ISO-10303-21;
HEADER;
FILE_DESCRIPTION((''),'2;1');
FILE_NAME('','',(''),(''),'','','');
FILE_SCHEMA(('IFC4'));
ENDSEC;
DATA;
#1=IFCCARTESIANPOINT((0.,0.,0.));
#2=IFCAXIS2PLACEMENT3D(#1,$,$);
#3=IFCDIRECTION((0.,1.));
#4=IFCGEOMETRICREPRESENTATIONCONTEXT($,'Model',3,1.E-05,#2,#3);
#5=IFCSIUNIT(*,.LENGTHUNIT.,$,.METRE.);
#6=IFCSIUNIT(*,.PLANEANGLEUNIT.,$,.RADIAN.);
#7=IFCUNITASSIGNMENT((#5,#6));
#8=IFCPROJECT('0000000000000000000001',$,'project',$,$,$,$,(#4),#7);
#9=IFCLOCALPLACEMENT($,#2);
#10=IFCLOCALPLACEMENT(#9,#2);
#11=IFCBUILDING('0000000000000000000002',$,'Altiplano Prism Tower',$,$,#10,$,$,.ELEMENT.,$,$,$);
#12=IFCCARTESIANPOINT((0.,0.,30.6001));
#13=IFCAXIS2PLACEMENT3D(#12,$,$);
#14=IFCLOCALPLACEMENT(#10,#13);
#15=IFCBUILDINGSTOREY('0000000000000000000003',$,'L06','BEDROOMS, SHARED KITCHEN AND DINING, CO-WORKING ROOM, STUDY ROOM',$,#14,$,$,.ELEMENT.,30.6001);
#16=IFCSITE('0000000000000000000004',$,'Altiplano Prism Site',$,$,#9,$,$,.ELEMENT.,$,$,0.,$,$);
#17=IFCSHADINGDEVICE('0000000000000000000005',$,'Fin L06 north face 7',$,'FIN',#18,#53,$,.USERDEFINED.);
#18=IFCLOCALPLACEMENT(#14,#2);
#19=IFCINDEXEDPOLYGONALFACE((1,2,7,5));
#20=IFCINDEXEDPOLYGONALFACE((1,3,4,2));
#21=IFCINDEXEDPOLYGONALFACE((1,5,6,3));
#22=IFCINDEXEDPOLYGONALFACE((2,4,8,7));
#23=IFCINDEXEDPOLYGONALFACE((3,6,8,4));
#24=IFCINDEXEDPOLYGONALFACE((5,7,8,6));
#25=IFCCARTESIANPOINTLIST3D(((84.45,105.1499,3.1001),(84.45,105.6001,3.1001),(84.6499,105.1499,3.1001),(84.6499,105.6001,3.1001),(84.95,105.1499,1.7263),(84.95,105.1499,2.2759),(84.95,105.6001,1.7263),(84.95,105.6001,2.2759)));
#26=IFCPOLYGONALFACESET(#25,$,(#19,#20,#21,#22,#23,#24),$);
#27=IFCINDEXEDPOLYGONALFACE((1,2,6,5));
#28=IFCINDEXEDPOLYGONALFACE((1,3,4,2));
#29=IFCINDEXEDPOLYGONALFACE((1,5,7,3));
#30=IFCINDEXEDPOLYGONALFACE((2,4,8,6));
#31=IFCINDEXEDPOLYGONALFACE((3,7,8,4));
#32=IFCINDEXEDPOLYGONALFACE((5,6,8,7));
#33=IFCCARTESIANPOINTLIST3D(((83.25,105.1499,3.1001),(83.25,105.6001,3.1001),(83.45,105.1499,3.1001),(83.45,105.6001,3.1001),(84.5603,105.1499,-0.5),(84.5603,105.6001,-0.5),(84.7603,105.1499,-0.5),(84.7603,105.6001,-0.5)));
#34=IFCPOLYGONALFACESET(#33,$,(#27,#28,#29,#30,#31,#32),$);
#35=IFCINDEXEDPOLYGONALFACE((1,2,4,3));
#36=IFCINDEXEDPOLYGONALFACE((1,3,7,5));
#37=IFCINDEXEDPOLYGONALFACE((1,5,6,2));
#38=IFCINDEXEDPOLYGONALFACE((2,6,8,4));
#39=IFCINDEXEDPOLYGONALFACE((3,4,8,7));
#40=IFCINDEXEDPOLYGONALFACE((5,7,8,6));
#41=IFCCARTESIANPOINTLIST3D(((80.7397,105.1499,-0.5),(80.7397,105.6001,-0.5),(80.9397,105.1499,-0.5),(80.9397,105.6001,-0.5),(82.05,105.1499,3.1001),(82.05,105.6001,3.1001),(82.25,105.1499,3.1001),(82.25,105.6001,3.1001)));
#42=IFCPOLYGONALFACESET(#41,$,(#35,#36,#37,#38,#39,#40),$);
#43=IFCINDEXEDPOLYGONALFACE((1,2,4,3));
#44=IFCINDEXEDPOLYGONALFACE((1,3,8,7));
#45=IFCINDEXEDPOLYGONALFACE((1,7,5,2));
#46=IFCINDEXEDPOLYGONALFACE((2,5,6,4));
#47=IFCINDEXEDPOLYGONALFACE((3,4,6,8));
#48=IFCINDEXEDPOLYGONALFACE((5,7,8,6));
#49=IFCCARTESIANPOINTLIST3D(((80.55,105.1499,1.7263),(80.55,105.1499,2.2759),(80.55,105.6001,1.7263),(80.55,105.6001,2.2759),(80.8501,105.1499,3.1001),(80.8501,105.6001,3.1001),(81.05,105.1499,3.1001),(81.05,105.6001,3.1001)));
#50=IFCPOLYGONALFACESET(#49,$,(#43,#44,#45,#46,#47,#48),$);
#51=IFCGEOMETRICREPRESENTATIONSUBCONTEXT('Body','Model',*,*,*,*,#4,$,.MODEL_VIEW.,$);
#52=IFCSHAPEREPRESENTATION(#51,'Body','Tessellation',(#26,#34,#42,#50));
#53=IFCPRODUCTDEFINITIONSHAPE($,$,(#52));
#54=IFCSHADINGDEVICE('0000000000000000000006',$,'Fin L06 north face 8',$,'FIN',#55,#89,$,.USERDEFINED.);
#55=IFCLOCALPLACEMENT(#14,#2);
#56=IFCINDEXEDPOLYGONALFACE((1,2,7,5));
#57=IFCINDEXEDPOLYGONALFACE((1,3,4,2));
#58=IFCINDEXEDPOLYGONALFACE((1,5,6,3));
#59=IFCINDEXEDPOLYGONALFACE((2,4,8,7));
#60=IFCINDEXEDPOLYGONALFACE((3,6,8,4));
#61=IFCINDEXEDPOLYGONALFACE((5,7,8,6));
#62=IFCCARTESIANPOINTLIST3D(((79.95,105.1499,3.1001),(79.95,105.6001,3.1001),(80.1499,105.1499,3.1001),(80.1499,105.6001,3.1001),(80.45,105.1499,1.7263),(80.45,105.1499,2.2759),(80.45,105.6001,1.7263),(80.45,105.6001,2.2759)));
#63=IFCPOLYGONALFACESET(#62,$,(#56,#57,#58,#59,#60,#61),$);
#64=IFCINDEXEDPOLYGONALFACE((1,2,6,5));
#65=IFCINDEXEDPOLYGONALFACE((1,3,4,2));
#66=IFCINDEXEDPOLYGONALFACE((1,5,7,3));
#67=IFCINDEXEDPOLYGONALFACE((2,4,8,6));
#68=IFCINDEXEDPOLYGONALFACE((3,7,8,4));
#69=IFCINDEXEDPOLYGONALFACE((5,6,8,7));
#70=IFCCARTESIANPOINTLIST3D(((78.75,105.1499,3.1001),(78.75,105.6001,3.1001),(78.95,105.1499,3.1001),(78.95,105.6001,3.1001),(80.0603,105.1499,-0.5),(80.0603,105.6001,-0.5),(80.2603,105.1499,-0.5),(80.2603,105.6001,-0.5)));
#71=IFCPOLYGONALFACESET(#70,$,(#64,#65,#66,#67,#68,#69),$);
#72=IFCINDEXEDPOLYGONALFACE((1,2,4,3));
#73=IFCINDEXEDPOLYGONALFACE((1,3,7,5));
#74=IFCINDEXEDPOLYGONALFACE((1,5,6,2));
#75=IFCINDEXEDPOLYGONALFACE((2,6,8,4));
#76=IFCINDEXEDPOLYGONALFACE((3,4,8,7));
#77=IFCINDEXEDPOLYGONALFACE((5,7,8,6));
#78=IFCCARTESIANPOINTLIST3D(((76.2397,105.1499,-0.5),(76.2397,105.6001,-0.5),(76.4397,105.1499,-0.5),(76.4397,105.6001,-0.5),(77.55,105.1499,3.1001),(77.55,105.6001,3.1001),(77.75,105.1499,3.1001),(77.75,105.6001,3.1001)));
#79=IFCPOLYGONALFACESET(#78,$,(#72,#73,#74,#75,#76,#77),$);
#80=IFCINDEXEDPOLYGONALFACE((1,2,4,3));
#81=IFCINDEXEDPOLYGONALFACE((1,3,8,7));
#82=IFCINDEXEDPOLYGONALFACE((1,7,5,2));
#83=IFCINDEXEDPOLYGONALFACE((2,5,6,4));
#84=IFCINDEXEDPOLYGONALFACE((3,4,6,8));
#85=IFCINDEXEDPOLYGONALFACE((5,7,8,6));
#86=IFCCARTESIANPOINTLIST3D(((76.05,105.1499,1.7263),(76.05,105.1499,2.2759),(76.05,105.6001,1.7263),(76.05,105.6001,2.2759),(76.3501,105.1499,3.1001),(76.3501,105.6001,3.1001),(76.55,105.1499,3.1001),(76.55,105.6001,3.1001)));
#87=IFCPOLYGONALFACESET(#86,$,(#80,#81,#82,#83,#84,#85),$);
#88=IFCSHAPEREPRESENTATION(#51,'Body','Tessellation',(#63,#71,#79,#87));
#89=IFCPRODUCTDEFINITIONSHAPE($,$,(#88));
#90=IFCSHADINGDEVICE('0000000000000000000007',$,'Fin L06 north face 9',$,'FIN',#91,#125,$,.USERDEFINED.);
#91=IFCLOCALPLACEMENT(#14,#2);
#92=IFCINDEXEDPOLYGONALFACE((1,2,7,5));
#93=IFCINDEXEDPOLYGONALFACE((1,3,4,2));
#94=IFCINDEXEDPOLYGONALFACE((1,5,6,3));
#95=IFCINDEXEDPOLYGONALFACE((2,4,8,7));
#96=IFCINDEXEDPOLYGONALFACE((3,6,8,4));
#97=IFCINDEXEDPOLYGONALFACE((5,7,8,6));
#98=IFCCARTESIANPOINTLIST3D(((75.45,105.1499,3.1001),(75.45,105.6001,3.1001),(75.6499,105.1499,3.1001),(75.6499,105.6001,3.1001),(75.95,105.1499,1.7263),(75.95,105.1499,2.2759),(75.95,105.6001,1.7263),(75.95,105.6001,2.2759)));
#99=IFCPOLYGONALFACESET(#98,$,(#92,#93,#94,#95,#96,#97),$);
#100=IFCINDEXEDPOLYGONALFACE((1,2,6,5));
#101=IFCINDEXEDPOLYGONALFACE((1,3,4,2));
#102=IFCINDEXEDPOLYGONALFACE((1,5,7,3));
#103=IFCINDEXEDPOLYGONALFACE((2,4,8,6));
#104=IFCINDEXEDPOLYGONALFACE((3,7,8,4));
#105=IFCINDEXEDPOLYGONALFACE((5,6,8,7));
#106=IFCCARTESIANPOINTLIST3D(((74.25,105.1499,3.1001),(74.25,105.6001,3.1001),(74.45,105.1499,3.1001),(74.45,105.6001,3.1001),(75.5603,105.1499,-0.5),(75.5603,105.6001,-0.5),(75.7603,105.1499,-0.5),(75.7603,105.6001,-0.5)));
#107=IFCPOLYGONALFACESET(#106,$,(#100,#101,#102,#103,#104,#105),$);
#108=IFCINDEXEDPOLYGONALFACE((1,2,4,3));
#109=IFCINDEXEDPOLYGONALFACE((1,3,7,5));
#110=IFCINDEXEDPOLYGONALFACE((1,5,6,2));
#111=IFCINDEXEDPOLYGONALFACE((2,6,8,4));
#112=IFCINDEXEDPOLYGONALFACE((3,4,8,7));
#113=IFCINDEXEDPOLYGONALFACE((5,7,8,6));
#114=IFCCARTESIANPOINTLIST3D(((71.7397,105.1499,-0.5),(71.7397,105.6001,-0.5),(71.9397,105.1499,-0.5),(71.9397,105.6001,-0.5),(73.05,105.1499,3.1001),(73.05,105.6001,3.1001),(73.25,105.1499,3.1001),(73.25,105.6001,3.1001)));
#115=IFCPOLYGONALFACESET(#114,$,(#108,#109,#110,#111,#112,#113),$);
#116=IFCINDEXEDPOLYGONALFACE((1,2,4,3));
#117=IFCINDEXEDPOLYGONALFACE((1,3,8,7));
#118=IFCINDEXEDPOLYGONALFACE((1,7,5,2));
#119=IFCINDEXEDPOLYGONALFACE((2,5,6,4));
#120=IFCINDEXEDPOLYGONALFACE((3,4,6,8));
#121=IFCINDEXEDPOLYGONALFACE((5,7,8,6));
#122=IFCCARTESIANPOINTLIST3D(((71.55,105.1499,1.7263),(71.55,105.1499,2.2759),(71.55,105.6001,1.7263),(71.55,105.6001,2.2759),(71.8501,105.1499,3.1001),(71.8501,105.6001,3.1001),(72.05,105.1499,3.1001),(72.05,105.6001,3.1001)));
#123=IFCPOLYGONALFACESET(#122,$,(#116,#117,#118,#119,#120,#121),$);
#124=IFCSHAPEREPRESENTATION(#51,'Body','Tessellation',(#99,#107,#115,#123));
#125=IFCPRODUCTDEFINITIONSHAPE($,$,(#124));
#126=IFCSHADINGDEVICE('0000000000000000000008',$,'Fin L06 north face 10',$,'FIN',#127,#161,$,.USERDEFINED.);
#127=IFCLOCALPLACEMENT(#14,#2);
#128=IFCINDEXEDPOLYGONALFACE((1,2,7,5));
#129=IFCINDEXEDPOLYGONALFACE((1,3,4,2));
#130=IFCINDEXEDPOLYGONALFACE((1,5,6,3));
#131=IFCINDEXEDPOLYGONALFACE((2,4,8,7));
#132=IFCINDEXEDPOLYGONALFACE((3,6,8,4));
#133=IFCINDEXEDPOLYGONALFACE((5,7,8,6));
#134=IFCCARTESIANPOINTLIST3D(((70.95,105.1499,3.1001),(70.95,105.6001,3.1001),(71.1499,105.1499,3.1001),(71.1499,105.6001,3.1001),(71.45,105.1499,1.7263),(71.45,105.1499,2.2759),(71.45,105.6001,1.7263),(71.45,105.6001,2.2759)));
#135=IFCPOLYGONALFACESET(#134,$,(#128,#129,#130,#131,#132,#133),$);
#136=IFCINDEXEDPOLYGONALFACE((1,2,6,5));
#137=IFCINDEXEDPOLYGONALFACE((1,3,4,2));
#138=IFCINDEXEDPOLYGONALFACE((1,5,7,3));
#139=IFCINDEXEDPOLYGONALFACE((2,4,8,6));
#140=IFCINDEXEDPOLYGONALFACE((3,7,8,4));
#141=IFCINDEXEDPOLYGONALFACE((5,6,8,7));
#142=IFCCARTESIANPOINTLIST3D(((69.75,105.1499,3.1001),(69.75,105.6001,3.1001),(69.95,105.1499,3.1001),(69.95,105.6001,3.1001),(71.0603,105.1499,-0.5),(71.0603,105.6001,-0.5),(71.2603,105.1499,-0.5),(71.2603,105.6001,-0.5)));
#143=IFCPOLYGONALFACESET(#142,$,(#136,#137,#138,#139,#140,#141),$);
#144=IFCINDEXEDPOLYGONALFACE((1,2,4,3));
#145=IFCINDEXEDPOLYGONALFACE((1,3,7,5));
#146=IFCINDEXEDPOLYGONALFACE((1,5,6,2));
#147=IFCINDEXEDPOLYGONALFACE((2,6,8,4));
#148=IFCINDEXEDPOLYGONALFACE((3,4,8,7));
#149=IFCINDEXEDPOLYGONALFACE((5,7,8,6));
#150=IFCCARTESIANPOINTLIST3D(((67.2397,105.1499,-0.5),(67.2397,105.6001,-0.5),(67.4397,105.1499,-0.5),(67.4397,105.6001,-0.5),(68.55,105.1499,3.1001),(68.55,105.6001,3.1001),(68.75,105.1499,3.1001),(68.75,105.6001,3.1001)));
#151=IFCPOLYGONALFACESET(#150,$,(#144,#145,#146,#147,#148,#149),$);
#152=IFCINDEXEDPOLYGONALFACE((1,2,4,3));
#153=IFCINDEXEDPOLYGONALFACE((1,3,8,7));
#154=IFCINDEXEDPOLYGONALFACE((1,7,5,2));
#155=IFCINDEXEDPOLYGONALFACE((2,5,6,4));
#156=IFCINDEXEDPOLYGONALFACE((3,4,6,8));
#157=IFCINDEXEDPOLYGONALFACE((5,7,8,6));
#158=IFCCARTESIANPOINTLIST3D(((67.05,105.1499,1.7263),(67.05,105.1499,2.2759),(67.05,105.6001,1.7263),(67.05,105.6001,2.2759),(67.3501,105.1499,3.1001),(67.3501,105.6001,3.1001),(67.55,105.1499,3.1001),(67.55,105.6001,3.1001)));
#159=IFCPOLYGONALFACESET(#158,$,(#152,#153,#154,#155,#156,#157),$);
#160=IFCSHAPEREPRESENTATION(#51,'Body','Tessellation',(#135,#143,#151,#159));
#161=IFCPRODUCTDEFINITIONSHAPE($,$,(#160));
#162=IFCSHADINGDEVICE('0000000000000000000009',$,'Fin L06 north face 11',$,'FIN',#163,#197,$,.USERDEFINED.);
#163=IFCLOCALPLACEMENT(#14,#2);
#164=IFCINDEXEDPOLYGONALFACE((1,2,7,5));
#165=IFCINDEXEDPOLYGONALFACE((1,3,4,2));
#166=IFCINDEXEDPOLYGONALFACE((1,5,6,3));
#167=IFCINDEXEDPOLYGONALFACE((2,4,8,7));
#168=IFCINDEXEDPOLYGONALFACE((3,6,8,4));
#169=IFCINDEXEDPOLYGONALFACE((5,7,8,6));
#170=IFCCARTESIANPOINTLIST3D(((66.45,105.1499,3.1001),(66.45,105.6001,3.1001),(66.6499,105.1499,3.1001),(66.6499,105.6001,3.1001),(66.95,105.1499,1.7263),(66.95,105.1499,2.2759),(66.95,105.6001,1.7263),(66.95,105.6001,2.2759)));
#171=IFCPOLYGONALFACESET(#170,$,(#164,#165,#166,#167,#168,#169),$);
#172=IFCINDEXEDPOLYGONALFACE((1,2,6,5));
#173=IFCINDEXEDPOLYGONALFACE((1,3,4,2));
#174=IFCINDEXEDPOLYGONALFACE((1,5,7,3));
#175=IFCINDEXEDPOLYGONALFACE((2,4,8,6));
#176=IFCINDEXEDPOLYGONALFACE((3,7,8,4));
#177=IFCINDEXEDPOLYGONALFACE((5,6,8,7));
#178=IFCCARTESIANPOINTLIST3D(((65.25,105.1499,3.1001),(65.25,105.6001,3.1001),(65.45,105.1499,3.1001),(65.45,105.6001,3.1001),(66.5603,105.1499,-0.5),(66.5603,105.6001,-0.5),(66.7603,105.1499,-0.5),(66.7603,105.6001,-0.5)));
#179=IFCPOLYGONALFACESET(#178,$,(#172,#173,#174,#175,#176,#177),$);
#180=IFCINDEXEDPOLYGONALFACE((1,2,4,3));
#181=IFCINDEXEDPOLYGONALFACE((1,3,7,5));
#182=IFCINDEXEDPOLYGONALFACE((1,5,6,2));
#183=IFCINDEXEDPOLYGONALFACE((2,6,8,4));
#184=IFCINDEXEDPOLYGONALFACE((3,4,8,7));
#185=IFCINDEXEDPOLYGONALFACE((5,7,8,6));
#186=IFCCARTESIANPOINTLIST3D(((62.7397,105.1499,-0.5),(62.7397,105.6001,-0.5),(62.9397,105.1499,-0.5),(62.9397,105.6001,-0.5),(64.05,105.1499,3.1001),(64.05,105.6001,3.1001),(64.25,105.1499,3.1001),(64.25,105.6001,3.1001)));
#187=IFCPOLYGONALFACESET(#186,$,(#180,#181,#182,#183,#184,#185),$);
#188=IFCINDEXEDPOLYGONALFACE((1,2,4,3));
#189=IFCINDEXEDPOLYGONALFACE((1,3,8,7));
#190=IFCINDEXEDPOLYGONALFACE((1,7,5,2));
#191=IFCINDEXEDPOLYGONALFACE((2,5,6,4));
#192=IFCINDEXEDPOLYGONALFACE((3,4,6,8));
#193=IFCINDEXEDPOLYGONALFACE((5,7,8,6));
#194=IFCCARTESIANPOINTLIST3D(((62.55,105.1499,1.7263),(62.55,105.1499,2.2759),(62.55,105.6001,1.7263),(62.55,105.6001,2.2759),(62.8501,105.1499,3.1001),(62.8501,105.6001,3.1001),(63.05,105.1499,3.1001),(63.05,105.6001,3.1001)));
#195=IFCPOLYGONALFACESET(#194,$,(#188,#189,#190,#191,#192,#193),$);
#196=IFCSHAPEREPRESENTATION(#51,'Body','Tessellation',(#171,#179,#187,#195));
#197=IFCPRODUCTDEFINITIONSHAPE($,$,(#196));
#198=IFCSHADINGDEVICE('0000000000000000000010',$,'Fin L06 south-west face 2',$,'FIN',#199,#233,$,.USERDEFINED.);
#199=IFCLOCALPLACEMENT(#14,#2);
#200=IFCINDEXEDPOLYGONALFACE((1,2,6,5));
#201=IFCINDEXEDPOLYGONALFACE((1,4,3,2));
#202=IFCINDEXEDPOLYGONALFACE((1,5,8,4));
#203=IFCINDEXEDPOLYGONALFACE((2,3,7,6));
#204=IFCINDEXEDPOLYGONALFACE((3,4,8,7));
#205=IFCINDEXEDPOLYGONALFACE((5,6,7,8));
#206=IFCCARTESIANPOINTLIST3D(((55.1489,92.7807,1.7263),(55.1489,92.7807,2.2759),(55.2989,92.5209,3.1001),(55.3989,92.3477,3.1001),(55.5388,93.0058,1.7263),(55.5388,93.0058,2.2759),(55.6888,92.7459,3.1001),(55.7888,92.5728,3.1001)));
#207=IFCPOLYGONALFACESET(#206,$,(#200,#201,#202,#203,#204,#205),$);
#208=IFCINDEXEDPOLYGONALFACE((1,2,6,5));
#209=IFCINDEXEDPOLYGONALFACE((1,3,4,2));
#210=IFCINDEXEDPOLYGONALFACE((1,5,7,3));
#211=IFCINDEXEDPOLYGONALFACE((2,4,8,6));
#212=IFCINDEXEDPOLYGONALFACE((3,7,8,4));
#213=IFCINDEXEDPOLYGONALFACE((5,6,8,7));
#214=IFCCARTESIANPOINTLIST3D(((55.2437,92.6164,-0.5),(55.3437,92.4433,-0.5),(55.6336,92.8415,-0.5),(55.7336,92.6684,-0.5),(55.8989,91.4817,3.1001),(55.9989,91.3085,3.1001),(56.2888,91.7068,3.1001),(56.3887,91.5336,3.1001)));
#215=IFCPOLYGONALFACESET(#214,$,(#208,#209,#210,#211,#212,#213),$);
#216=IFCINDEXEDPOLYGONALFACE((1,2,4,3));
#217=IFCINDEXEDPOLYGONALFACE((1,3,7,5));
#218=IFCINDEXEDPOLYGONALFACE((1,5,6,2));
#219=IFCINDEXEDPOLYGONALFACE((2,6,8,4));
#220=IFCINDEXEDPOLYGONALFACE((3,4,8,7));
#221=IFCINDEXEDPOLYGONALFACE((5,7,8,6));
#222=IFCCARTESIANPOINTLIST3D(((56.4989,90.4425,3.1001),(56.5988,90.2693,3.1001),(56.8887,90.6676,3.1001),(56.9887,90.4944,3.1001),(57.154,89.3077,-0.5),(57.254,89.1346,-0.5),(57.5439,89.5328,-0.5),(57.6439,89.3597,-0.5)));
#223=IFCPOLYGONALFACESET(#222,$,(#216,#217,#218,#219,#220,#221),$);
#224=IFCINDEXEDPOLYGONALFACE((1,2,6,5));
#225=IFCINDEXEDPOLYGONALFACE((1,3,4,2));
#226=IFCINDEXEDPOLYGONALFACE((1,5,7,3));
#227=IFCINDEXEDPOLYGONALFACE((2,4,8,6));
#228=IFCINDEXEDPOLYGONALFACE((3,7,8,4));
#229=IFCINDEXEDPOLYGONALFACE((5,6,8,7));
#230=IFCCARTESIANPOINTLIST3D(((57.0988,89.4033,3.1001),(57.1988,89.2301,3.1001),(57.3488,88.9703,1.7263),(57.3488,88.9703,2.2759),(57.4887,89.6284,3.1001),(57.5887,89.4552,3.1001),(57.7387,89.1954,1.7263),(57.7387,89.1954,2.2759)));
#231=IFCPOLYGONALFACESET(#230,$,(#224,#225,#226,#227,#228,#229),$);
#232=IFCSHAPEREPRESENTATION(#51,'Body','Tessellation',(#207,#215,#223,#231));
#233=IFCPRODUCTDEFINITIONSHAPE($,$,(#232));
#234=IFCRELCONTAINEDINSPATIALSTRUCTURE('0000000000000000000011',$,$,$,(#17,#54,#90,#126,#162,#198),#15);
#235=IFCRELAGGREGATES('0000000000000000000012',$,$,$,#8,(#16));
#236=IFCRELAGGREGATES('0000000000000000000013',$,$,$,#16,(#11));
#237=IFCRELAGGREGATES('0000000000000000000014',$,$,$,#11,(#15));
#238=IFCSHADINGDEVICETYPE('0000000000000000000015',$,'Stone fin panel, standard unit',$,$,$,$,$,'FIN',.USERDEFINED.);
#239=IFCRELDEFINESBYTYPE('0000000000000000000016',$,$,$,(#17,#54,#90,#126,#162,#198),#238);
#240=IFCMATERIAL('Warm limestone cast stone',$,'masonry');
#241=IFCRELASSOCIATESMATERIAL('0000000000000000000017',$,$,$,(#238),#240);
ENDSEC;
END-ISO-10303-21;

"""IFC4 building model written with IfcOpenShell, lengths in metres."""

from ifc_helpers import new_model, si_unit, direction, frame, origin, place, context, subcontext, project, spatial, polyline, outline, extrude, source, transform, mapped, material, type_object, element, save


model = new_model("IFC4")

# Units and contexts
model_context = context("Model", 3, precision=1e-05, world=origin(), true_north=direction((0.0, 1.0)))
body_context = subcontext(model_context, "Body", "Model", "MODEL_VIEW")
ifc_project = project(units=[si_unit("LENGTHUNIT", "METRE"), si_unit("PLANEANGLEUNIT", "RADIAN")], contexts=[model_context])

# Site, building, storey
site_placement = place(None, origin())
site = spatial("IfcSite", under=ifc_project, at=site_placement, Name="Altiplano Prism Site", CompositionType="ELEMENT", RefElevation=0.0)
building_placement = place(site_placement, origin())
building = spatial("IfcBuilding", under=site, at=building_placement, Name="Altiplano Prism Tower", CompositionType="ELEMENT")
storey_placement = place(building_placement, frame((0.0, 0.0, 30.6001)))
storey = spatial("IfcBuildingStorey", under=building, at=storey_placement, Name="L06", Description="BEDROOMS, SHARED KITCHEN AND DINING, CO-WORKING ROOM, STUDY ROOM", CompositionType="ELEMENT", Elevation=30.6001)

# Shading devices
ifc_material_1 = material(Name="Warm limestone cast stone", Category="masonry")
shading_device_type_1 = type_object("IfcShadingDeviceType", Name="Stone fin panel, standard unit", ElementType="FIN", PredefinedType="USERDEFINED", material=ifc_material_1)
shared_shape_1 = source(origin(), body_context, "Body", "SweptSolid", [
    extrude(outline(polyline([(-2.2, 2.2263), (-1.7, 3.6001), (-1.8999, 3.6001), (-2.2, 2.7759), (-2.2, 2.2263)])), frame((0.0, -0.1499, 0.0), z_axis=(0.0, -1.0, 0.0), x_axis=(1.0, 0.0, 0.0)), (0.0, 0.0, 1.0), 0.4502),
    extrude(outline(polyline([(-2.0103, 0.0), (-1.8103, 0.0), (-0.5, 3.6001), (-0.7, 3.6001), (-2.0103, 0.0)])), frame((0.0, -0.1499, 0.0), z_axis=(0.0, -1.0, 0.0), x_axis=(1.0, 0.0, 0.0)), (0.0, 0.0, 1.0), 0.4502),
    extrude(outline(polyline([(1.8103, 0.0), (2.0103, 0.0), (0.7, 3.6001), (0.5, 3.6001), (1.8103, 0.0)])), frame((0.0, -0.1499, 0.0), z_axis=(0.0, -1.0, 0.0), x_axis=(1.0, 0.0, 0.0)), (0.0, 0.0, 1.0), 0.4502),
    extrude(outline(polyline([(2.2, 2.7759), (1.8999, 3.6001), (1.7, 3.6001), (2.2, 2.2263), (2.2, 2.7759)])), frame((0.0, -0.1499, 0.0), z_axis=(0.0, -1.0, 0.0), x_axis=(1.0, 0.0, 0.0)), (0.0, 0.0, 1.0), 0.4502),
])
shading_device_1_placement = place(storey_placement, origin())
element("IfcShadingDevice", 1, at=shading_device_1_placement, inside=storey, type_object=shading_device_type_1, Name="Fin L06 north face 7", ObjectType="FIN", PredefinedType="USERDEFINED", context=body_context, shape_type="MappedRepresentation", body=[
    mapped(shared_shape_1, transform((82.75, 105.0, -0.5), x_axis=(-1.0, 0.0, 0.0), y_axis=(0.0, -1.0, 0.0), z_axis=(0.0, 0.0, 1.0))),
])
shading_device_2_placement = place(storey_placement, origin())
element("IfcShadingDevice", 2, at=shading_device_2_placement, inside=storey, type_object=shading_device_type_1, Name="Fin L06 north face 8", ObjectType="FIN", PredefinedType="USERDEFINED", context=body_context, shape_type="MappedRepresentation", body=[
    mapped(shared_shape_1, transform((78.25, 105.0, -0.5), x_axis=(-1.0, 0.0, 0.0), y_axis=(0.0, -1.0, 0.0), z_axis=(0.0, 0.0, 1.0))),
])
shading_device_3_placement = place(storey_placement, origin())
element("IfcShadingDevice", 3, at=shading_device_3_placement, inside=storey, type_object=shading_device_type_1, Name="Fin L06 north face 9", ObjectType="FIN", PredefinedType="USERDEFINED", context=body_context, shape_type="MappedRepresentation", body=[
    mapped(shared_shape_1, transform((73.75, 105.0, -0.5), x_axis=(-1.0, 0.0, 0.0), y_axis=(0.0, -1.0, 0.0), z_axis=(0.0, 0.0, 1.0))),
])
shading_device_4_placement = place(storey_placement, origin())
element("IfcShadingDevice", 4, at=shading_device_4_placement, inside=storey, type_object=shading_device_type_1, Name="Fin L06 north face 10", ObjectType="FIN", PredefinedType="USERDEFINED", context=body_context, shape_type="MappedRepresentation", body=[
    mapped(shared_shape_1, transform((69.25, 105.0, -0.5), x_axis=(-1.0, 0.0, 0.0), y_axis=(0.0, -1.0, 0.0), z_axis=(0.0, 0.0, 1.0))),
])
shading_device_5_placement = place(storey_placement, origin())
element("IfcShadingDevice", 5, at=shading_device_5_placement, inside=storey, type_object=shading_device_type_1, Name="Fin L06 north face 11", ObjectType="FIN", PredefinedType="USERDEFINED", context=body_context, shape_type="MappedRepresentation", body=[
    mapped(shared_shape_1, transform((64.75, 105.0, -0.5), x_axis=(-1.0, 0.0, 0.0), y_axis=(0.0, -1.0, 0.0), z_axis=(0.0, 0.0, 1.0))),
])
shading_device_6_placement = place(storey_placement, origin())
element("IfcShadingDevice", 6, at=shading_device_6_placement, inside=storey, type_object=shading_device_type_1, Name="Fin L06 south-west face 2", ObjectType="FIN", PredefinedType="USERDEFINED", context=body_context, shape_type="MappedRepresentation", body=[
    mapped(shared_shape_1, transform((56.7686, 91.1755, -0.5), x_axis=(0.5, -0.866025, 0.0), y_axis=(0.866025, 0.5, 0.0), z_axis=(0.0, 0.0, 1.0))),
])

save(model, "model.ifc")
